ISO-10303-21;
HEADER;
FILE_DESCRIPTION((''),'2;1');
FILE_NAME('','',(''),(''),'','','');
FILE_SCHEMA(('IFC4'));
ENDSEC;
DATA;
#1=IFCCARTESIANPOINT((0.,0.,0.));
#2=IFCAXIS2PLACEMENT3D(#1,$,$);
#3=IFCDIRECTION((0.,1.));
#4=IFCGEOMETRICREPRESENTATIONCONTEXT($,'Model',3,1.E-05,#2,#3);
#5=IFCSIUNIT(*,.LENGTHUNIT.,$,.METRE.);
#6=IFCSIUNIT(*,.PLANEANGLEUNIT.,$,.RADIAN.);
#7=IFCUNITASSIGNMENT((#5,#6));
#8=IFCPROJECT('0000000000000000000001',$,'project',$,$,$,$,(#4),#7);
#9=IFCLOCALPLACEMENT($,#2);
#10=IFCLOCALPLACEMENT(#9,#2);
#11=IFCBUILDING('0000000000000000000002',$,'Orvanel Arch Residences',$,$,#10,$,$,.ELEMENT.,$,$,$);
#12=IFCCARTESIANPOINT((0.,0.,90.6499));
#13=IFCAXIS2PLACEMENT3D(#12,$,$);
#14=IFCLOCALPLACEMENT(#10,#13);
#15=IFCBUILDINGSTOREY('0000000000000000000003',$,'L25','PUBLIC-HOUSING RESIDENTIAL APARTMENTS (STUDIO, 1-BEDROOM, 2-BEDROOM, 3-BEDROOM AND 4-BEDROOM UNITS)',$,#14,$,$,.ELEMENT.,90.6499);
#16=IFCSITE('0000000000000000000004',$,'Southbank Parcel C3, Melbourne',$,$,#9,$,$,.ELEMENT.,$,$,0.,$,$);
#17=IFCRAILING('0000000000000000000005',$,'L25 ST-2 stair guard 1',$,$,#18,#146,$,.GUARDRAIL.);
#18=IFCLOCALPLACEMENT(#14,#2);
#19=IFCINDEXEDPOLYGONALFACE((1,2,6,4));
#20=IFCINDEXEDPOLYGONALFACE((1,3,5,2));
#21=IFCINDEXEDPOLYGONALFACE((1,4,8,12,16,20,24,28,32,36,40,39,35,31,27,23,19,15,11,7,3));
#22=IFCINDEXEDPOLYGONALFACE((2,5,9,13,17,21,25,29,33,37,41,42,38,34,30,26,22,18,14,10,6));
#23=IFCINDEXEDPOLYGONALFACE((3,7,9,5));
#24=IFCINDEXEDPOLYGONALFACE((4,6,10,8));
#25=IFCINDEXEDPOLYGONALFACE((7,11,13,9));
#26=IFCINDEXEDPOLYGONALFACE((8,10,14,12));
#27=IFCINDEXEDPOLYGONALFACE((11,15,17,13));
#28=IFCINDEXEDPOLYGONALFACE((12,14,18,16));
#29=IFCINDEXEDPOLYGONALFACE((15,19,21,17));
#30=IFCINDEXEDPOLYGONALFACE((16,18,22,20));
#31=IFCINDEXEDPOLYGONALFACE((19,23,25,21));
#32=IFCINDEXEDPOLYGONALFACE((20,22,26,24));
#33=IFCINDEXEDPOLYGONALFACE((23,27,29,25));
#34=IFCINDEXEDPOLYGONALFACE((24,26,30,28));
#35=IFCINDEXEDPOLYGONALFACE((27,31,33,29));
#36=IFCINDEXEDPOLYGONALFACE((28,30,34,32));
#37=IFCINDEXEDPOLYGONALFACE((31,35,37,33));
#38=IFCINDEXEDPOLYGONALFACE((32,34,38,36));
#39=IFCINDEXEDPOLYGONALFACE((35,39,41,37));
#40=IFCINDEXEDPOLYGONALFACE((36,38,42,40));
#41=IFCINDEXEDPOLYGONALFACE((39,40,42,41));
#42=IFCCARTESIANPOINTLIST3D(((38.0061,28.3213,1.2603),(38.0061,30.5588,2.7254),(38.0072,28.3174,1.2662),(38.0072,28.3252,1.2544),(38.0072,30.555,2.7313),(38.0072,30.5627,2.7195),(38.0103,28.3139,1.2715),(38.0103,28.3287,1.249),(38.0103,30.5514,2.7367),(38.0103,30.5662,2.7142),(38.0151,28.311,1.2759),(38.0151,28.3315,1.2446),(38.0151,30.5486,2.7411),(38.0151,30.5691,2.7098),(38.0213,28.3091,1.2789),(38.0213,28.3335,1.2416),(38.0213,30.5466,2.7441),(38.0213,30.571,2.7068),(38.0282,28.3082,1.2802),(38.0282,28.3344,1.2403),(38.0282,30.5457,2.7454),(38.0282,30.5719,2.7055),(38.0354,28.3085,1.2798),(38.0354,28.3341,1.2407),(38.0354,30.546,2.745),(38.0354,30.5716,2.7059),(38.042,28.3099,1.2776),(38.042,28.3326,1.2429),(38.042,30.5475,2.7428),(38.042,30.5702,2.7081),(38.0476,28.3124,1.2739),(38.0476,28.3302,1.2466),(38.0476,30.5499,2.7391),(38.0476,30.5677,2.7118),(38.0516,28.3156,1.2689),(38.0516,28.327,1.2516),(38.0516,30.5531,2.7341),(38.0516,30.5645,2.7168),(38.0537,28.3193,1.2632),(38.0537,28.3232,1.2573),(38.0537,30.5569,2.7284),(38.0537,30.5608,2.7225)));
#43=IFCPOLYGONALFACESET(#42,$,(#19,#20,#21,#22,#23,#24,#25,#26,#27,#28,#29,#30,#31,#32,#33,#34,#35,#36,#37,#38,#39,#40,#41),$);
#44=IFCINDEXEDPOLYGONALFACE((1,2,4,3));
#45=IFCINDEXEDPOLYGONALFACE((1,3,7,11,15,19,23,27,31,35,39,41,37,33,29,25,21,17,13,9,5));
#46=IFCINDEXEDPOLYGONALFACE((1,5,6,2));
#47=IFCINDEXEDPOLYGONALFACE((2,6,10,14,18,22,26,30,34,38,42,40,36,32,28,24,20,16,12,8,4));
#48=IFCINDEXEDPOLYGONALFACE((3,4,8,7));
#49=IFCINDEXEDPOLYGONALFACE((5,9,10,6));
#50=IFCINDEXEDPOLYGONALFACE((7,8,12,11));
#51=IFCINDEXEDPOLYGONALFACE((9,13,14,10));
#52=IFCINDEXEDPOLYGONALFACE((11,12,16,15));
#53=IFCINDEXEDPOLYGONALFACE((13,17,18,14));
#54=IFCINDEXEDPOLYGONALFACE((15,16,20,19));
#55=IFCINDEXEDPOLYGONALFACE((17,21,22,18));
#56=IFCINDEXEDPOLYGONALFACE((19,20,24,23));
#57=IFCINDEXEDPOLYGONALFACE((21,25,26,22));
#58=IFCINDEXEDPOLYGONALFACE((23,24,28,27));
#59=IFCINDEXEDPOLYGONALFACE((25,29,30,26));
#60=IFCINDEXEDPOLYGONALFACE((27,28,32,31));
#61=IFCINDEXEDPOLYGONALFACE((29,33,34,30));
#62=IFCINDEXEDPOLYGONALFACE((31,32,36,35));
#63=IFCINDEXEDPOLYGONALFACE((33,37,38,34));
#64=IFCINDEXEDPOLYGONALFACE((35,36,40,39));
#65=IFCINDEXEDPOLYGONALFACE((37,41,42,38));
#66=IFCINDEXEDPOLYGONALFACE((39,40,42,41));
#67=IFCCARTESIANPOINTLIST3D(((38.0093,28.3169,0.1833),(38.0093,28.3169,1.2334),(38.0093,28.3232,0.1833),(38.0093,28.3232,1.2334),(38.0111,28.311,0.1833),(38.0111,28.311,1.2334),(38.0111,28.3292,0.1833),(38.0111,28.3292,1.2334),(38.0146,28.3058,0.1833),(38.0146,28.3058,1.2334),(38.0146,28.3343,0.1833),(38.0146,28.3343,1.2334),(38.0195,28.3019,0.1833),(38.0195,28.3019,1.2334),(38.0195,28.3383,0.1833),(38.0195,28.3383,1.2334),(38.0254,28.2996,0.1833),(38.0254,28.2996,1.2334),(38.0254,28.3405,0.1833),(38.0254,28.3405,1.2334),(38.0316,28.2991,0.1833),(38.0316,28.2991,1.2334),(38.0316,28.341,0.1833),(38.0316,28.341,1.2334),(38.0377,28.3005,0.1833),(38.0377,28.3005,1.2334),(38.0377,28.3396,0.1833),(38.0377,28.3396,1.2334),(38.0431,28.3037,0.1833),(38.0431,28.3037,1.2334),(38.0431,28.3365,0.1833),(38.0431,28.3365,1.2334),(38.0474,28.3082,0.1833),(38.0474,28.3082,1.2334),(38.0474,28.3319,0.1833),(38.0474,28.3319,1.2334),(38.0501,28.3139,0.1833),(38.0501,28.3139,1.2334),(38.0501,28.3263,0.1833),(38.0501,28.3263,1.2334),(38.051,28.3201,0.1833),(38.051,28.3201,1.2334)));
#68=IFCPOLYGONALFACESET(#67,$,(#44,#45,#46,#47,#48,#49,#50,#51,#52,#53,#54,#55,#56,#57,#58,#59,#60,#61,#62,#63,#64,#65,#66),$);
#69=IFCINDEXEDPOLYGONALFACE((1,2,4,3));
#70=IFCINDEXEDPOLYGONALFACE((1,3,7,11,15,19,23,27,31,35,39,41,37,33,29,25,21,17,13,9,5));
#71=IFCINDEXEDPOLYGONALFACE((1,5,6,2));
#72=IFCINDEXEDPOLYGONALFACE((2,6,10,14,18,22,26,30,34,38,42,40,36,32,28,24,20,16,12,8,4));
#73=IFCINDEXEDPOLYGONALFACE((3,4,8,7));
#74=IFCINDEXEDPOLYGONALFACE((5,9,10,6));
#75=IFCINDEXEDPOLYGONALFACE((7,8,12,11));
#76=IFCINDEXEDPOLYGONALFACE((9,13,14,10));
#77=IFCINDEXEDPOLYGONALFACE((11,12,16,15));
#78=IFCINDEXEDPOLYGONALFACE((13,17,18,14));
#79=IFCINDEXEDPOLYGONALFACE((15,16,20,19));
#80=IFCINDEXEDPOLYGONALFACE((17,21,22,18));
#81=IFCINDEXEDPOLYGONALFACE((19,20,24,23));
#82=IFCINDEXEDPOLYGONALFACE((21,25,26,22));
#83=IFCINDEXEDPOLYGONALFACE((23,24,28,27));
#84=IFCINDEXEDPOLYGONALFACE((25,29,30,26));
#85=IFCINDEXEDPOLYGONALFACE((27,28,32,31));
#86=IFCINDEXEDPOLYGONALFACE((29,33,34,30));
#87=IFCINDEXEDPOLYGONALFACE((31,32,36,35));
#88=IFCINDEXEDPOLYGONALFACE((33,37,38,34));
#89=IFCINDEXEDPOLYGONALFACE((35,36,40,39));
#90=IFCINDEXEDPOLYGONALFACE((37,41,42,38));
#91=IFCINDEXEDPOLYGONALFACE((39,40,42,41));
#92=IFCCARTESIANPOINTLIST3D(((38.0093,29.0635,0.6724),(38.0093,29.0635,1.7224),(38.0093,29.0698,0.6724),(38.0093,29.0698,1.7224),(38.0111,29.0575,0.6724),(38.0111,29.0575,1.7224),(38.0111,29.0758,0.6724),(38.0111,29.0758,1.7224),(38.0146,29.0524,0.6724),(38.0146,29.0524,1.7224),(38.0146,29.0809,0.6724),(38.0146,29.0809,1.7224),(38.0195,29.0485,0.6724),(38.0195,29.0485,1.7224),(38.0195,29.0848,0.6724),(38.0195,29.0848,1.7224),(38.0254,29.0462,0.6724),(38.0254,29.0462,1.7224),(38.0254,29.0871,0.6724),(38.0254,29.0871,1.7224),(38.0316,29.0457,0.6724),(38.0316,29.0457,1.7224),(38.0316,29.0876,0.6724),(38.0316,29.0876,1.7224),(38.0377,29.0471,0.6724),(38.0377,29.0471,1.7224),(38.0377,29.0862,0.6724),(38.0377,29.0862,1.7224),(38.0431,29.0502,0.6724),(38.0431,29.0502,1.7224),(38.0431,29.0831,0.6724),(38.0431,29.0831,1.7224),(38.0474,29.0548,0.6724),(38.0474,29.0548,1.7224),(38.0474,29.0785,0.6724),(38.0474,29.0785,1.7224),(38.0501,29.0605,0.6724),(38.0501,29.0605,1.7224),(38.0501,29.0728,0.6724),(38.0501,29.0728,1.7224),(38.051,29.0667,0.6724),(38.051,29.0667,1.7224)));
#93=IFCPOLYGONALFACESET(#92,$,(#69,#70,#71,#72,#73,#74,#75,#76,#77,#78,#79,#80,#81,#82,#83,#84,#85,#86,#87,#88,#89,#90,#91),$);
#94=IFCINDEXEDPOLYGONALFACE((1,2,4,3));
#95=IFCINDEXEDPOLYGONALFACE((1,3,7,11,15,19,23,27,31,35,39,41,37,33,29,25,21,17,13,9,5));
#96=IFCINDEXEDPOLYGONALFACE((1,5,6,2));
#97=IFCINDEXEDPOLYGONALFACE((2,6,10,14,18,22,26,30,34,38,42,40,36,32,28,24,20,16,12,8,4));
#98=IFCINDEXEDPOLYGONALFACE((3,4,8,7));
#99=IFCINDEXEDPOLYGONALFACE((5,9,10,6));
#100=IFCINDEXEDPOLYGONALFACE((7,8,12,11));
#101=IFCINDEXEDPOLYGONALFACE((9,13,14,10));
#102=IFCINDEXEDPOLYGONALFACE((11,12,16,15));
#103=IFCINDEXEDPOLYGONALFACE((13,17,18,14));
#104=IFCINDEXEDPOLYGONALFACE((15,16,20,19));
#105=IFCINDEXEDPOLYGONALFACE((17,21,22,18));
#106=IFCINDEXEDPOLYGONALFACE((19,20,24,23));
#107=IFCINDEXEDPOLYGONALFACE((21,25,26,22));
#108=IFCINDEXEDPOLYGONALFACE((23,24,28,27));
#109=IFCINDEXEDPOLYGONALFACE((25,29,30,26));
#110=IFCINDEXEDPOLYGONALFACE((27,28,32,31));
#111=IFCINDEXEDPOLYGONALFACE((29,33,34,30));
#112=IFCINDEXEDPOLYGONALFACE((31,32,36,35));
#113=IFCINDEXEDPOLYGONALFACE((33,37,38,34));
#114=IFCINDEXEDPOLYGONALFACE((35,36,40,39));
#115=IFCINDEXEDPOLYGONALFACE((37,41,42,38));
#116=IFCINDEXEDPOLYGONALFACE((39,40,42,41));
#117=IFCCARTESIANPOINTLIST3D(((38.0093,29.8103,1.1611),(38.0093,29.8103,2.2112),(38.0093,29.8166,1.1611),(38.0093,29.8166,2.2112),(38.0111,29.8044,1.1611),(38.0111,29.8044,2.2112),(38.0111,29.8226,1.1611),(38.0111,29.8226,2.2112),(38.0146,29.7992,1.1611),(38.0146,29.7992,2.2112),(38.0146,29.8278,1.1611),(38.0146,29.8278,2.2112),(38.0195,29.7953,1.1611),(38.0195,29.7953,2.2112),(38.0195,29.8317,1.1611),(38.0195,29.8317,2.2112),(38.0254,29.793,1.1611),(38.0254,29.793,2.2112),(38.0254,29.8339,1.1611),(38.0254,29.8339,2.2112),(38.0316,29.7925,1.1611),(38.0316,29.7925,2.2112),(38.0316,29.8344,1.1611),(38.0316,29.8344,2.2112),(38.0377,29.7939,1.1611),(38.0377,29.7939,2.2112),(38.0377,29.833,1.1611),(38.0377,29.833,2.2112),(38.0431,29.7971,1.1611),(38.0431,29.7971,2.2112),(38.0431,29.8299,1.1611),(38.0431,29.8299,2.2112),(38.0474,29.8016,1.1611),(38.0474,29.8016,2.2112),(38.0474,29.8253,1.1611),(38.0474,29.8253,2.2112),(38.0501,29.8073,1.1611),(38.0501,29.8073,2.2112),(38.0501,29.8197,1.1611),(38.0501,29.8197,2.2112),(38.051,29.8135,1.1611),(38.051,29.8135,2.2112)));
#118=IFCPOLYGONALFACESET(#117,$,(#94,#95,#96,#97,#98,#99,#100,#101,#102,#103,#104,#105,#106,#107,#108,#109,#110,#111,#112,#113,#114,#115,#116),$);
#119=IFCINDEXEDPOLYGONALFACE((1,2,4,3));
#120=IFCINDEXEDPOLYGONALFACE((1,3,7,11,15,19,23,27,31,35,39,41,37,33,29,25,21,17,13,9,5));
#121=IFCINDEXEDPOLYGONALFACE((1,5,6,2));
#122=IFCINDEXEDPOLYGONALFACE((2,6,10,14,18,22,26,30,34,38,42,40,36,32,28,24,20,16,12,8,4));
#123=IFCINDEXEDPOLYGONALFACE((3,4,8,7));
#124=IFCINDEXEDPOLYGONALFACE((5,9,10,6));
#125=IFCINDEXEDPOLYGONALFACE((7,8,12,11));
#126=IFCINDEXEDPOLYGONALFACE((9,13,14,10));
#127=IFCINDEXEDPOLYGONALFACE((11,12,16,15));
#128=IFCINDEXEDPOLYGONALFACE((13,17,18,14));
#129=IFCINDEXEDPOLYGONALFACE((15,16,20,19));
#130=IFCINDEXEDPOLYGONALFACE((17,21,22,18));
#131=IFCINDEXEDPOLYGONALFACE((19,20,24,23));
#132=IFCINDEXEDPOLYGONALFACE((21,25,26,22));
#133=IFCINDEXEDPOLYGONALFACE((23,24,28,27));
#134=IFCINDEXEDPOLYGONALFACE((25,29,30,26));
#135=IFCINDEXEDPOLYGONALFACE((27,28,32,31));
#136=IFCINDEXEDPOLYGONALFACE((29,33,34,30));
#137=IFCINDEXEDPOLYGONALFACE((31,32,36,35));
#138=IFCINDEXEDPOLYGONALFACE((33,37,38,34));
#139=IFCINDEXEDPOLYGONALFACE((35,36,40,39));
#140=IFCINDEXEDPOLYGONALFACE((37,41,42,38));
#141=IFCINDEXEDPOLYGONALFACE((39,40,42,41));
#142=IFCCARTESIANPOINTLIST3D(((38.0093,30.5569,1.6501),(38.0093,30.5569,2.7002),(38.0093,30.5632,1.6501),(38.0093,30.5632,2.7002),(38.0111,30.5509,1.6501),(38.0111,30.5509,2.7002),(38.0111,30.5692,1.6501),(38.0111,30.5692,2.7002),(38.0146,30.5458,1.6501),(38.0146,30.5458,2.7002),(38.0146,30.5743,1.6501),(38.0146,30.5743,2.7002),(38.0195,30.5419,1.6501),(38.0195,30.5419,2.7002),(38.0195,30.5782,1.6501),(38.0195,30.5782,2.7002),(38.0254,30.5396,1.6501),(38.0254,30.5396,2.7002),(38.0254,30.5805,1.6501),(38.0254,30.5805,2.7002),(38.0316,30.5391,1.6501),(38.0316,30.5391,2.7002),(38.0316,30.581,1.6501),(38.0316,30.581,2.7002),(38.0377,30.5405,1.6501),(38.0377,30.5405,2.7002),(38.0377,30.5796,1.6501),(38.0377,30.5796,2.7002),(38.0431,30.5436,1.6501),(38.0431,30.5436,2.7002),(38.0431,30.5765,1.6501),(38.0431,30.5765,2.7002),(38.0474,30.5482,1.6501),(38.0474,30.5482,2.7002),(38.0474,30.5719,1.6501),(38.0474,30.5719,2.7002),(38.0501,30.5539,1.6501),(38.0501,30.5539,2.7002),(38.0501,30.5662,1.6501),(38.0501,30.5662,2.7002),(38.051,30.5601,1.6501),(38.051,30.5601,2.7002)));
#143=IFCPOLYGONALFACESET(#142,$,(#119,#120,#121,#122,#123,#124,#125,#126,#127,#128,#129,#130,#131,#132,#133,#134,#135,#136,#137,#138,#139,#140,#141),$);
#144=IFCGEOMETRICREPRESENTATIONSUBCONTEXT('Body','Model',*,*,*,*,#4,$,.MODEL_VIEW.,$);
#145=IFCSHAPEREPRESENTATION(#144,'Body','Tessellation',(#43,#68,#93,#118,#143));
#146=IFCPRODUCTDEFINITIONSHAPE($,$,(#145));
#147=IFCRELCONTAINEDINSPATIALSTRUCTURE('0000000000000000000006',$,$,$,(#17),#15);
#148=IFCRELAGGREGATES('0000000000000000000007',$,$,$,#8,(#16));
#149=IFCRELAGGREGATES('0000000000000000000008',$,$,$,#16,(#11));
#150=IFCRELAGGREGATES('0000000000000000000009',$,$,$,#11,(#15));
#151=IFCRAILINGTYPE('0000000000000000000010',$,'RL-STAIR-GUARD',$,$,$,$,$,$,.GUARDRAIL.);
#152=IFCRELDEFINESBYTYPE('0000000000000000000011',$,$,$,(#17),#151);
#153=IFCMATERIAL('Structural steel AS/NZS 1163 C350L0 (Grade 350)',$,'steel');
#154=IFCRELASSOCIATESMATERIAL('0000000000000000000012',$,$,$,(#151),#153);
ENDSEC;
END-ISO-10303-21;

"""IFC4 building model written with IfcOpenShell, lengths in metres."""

from ifc_helpers import new_model, si_unit, direction, frame, origin, origin_2d, place, context, subcontext, project, spatial, circle, extrude, material, type_object, element, save


model = new_model("IFC4")

# Units and contexts
model_context = context("Model", 3, precision=1e-05, world=origin(), true_north=direction((0.0, 1.0)))
body_context = subcontext(model_context, "Body", "Model", "MODEL_VIEW")
ifc_project = project(units=[si_unit("LENGTHUNIT", "METRE"), si_unit("PLANEANGLEUNIT", "RADIAN")], contexts=[model_context])

# Site, building, storey
site_placement = place(None, origin())
site = spatial("IfcSite", under=ifc_project, at=site_placement, Name="Southbank Parcel C3, Melbourne", CompositionType="ELEMENT", RefElevation=0.0)
building_placement = place(site_placement, origin())
building = spatial("IfcBuilding", under=site, at=building_placement, Name="Orvanel Arch Residences", CompositionType="ELEMENT")
storey_placement = place(building_placement, frame((0.0, 0.0, 90.6499)))
storey = spatial("IfcBuildingStorey", under=building, at=storey_placement, Name="L25", Description="PUBLIC-HOUSING RESIDENTIAL APARTMENTS (STUDIO, 1-BEDROOM, 2-BEDROOM, 3-BEDROOM AND 4-BEDROOM UNITS)", CompositionType="ELEMENT", Elevation=90.6499)

# Railing
ifc_material_1 = material(Name="Structural steel AS/NZS 1163 C350L0 (Grade 350)", Category="steel")
railing_type_1 = type_object("IfcRailingType", Name="RL-STAIR-GUARD", PredefinedType="GUARDRAIL", material=ifc_material_1)
railing_1_placement = place(storey_placement, frame((38.03, 28.3201, 0.1833)))
element("IfcRailing", 1, at=railing_1_placement, inside=storey, type_object=railing_type_1, Name="L25 ST-2 stair guard 1", PredefinedType="GUARDRAIL", context=body_context, shape_type="SweptSolid", body=[
    extrude(circle(Radius=0.0239, at=origin_2d()), frame((0.0, 0.0012, 1.0769), z_axis=(0.0, 0.836595, 0.547822), x_axis=(-1.0, 0.0, 0.0)), (0.0, 0.0, 1.0), 2.6746),
    extrude(circle(Radius=0.021, at=origin_2d()), origin(), (0.0, 0.0, 1.0), 1.05),
    extrude(circle(Radius=0.021, at=origin_2d()), frame((0.0, 0.7466, 0.489)), (0.0, 0.0, 1.0), 1.05),
    extrude(circle(Radius=0.021, at=origin_2d()), frame((0.0, 1.4934, 0.9778)), (0.0, 0.0, 1.0), 1.05),
    extrude(circle(Radius=0.021, at=origin_2d()), frame((0.0, 2.24, 1.4668)), (0.0, 0.0, 1.0), 1.05),
])

save(model, "model.ifc")
